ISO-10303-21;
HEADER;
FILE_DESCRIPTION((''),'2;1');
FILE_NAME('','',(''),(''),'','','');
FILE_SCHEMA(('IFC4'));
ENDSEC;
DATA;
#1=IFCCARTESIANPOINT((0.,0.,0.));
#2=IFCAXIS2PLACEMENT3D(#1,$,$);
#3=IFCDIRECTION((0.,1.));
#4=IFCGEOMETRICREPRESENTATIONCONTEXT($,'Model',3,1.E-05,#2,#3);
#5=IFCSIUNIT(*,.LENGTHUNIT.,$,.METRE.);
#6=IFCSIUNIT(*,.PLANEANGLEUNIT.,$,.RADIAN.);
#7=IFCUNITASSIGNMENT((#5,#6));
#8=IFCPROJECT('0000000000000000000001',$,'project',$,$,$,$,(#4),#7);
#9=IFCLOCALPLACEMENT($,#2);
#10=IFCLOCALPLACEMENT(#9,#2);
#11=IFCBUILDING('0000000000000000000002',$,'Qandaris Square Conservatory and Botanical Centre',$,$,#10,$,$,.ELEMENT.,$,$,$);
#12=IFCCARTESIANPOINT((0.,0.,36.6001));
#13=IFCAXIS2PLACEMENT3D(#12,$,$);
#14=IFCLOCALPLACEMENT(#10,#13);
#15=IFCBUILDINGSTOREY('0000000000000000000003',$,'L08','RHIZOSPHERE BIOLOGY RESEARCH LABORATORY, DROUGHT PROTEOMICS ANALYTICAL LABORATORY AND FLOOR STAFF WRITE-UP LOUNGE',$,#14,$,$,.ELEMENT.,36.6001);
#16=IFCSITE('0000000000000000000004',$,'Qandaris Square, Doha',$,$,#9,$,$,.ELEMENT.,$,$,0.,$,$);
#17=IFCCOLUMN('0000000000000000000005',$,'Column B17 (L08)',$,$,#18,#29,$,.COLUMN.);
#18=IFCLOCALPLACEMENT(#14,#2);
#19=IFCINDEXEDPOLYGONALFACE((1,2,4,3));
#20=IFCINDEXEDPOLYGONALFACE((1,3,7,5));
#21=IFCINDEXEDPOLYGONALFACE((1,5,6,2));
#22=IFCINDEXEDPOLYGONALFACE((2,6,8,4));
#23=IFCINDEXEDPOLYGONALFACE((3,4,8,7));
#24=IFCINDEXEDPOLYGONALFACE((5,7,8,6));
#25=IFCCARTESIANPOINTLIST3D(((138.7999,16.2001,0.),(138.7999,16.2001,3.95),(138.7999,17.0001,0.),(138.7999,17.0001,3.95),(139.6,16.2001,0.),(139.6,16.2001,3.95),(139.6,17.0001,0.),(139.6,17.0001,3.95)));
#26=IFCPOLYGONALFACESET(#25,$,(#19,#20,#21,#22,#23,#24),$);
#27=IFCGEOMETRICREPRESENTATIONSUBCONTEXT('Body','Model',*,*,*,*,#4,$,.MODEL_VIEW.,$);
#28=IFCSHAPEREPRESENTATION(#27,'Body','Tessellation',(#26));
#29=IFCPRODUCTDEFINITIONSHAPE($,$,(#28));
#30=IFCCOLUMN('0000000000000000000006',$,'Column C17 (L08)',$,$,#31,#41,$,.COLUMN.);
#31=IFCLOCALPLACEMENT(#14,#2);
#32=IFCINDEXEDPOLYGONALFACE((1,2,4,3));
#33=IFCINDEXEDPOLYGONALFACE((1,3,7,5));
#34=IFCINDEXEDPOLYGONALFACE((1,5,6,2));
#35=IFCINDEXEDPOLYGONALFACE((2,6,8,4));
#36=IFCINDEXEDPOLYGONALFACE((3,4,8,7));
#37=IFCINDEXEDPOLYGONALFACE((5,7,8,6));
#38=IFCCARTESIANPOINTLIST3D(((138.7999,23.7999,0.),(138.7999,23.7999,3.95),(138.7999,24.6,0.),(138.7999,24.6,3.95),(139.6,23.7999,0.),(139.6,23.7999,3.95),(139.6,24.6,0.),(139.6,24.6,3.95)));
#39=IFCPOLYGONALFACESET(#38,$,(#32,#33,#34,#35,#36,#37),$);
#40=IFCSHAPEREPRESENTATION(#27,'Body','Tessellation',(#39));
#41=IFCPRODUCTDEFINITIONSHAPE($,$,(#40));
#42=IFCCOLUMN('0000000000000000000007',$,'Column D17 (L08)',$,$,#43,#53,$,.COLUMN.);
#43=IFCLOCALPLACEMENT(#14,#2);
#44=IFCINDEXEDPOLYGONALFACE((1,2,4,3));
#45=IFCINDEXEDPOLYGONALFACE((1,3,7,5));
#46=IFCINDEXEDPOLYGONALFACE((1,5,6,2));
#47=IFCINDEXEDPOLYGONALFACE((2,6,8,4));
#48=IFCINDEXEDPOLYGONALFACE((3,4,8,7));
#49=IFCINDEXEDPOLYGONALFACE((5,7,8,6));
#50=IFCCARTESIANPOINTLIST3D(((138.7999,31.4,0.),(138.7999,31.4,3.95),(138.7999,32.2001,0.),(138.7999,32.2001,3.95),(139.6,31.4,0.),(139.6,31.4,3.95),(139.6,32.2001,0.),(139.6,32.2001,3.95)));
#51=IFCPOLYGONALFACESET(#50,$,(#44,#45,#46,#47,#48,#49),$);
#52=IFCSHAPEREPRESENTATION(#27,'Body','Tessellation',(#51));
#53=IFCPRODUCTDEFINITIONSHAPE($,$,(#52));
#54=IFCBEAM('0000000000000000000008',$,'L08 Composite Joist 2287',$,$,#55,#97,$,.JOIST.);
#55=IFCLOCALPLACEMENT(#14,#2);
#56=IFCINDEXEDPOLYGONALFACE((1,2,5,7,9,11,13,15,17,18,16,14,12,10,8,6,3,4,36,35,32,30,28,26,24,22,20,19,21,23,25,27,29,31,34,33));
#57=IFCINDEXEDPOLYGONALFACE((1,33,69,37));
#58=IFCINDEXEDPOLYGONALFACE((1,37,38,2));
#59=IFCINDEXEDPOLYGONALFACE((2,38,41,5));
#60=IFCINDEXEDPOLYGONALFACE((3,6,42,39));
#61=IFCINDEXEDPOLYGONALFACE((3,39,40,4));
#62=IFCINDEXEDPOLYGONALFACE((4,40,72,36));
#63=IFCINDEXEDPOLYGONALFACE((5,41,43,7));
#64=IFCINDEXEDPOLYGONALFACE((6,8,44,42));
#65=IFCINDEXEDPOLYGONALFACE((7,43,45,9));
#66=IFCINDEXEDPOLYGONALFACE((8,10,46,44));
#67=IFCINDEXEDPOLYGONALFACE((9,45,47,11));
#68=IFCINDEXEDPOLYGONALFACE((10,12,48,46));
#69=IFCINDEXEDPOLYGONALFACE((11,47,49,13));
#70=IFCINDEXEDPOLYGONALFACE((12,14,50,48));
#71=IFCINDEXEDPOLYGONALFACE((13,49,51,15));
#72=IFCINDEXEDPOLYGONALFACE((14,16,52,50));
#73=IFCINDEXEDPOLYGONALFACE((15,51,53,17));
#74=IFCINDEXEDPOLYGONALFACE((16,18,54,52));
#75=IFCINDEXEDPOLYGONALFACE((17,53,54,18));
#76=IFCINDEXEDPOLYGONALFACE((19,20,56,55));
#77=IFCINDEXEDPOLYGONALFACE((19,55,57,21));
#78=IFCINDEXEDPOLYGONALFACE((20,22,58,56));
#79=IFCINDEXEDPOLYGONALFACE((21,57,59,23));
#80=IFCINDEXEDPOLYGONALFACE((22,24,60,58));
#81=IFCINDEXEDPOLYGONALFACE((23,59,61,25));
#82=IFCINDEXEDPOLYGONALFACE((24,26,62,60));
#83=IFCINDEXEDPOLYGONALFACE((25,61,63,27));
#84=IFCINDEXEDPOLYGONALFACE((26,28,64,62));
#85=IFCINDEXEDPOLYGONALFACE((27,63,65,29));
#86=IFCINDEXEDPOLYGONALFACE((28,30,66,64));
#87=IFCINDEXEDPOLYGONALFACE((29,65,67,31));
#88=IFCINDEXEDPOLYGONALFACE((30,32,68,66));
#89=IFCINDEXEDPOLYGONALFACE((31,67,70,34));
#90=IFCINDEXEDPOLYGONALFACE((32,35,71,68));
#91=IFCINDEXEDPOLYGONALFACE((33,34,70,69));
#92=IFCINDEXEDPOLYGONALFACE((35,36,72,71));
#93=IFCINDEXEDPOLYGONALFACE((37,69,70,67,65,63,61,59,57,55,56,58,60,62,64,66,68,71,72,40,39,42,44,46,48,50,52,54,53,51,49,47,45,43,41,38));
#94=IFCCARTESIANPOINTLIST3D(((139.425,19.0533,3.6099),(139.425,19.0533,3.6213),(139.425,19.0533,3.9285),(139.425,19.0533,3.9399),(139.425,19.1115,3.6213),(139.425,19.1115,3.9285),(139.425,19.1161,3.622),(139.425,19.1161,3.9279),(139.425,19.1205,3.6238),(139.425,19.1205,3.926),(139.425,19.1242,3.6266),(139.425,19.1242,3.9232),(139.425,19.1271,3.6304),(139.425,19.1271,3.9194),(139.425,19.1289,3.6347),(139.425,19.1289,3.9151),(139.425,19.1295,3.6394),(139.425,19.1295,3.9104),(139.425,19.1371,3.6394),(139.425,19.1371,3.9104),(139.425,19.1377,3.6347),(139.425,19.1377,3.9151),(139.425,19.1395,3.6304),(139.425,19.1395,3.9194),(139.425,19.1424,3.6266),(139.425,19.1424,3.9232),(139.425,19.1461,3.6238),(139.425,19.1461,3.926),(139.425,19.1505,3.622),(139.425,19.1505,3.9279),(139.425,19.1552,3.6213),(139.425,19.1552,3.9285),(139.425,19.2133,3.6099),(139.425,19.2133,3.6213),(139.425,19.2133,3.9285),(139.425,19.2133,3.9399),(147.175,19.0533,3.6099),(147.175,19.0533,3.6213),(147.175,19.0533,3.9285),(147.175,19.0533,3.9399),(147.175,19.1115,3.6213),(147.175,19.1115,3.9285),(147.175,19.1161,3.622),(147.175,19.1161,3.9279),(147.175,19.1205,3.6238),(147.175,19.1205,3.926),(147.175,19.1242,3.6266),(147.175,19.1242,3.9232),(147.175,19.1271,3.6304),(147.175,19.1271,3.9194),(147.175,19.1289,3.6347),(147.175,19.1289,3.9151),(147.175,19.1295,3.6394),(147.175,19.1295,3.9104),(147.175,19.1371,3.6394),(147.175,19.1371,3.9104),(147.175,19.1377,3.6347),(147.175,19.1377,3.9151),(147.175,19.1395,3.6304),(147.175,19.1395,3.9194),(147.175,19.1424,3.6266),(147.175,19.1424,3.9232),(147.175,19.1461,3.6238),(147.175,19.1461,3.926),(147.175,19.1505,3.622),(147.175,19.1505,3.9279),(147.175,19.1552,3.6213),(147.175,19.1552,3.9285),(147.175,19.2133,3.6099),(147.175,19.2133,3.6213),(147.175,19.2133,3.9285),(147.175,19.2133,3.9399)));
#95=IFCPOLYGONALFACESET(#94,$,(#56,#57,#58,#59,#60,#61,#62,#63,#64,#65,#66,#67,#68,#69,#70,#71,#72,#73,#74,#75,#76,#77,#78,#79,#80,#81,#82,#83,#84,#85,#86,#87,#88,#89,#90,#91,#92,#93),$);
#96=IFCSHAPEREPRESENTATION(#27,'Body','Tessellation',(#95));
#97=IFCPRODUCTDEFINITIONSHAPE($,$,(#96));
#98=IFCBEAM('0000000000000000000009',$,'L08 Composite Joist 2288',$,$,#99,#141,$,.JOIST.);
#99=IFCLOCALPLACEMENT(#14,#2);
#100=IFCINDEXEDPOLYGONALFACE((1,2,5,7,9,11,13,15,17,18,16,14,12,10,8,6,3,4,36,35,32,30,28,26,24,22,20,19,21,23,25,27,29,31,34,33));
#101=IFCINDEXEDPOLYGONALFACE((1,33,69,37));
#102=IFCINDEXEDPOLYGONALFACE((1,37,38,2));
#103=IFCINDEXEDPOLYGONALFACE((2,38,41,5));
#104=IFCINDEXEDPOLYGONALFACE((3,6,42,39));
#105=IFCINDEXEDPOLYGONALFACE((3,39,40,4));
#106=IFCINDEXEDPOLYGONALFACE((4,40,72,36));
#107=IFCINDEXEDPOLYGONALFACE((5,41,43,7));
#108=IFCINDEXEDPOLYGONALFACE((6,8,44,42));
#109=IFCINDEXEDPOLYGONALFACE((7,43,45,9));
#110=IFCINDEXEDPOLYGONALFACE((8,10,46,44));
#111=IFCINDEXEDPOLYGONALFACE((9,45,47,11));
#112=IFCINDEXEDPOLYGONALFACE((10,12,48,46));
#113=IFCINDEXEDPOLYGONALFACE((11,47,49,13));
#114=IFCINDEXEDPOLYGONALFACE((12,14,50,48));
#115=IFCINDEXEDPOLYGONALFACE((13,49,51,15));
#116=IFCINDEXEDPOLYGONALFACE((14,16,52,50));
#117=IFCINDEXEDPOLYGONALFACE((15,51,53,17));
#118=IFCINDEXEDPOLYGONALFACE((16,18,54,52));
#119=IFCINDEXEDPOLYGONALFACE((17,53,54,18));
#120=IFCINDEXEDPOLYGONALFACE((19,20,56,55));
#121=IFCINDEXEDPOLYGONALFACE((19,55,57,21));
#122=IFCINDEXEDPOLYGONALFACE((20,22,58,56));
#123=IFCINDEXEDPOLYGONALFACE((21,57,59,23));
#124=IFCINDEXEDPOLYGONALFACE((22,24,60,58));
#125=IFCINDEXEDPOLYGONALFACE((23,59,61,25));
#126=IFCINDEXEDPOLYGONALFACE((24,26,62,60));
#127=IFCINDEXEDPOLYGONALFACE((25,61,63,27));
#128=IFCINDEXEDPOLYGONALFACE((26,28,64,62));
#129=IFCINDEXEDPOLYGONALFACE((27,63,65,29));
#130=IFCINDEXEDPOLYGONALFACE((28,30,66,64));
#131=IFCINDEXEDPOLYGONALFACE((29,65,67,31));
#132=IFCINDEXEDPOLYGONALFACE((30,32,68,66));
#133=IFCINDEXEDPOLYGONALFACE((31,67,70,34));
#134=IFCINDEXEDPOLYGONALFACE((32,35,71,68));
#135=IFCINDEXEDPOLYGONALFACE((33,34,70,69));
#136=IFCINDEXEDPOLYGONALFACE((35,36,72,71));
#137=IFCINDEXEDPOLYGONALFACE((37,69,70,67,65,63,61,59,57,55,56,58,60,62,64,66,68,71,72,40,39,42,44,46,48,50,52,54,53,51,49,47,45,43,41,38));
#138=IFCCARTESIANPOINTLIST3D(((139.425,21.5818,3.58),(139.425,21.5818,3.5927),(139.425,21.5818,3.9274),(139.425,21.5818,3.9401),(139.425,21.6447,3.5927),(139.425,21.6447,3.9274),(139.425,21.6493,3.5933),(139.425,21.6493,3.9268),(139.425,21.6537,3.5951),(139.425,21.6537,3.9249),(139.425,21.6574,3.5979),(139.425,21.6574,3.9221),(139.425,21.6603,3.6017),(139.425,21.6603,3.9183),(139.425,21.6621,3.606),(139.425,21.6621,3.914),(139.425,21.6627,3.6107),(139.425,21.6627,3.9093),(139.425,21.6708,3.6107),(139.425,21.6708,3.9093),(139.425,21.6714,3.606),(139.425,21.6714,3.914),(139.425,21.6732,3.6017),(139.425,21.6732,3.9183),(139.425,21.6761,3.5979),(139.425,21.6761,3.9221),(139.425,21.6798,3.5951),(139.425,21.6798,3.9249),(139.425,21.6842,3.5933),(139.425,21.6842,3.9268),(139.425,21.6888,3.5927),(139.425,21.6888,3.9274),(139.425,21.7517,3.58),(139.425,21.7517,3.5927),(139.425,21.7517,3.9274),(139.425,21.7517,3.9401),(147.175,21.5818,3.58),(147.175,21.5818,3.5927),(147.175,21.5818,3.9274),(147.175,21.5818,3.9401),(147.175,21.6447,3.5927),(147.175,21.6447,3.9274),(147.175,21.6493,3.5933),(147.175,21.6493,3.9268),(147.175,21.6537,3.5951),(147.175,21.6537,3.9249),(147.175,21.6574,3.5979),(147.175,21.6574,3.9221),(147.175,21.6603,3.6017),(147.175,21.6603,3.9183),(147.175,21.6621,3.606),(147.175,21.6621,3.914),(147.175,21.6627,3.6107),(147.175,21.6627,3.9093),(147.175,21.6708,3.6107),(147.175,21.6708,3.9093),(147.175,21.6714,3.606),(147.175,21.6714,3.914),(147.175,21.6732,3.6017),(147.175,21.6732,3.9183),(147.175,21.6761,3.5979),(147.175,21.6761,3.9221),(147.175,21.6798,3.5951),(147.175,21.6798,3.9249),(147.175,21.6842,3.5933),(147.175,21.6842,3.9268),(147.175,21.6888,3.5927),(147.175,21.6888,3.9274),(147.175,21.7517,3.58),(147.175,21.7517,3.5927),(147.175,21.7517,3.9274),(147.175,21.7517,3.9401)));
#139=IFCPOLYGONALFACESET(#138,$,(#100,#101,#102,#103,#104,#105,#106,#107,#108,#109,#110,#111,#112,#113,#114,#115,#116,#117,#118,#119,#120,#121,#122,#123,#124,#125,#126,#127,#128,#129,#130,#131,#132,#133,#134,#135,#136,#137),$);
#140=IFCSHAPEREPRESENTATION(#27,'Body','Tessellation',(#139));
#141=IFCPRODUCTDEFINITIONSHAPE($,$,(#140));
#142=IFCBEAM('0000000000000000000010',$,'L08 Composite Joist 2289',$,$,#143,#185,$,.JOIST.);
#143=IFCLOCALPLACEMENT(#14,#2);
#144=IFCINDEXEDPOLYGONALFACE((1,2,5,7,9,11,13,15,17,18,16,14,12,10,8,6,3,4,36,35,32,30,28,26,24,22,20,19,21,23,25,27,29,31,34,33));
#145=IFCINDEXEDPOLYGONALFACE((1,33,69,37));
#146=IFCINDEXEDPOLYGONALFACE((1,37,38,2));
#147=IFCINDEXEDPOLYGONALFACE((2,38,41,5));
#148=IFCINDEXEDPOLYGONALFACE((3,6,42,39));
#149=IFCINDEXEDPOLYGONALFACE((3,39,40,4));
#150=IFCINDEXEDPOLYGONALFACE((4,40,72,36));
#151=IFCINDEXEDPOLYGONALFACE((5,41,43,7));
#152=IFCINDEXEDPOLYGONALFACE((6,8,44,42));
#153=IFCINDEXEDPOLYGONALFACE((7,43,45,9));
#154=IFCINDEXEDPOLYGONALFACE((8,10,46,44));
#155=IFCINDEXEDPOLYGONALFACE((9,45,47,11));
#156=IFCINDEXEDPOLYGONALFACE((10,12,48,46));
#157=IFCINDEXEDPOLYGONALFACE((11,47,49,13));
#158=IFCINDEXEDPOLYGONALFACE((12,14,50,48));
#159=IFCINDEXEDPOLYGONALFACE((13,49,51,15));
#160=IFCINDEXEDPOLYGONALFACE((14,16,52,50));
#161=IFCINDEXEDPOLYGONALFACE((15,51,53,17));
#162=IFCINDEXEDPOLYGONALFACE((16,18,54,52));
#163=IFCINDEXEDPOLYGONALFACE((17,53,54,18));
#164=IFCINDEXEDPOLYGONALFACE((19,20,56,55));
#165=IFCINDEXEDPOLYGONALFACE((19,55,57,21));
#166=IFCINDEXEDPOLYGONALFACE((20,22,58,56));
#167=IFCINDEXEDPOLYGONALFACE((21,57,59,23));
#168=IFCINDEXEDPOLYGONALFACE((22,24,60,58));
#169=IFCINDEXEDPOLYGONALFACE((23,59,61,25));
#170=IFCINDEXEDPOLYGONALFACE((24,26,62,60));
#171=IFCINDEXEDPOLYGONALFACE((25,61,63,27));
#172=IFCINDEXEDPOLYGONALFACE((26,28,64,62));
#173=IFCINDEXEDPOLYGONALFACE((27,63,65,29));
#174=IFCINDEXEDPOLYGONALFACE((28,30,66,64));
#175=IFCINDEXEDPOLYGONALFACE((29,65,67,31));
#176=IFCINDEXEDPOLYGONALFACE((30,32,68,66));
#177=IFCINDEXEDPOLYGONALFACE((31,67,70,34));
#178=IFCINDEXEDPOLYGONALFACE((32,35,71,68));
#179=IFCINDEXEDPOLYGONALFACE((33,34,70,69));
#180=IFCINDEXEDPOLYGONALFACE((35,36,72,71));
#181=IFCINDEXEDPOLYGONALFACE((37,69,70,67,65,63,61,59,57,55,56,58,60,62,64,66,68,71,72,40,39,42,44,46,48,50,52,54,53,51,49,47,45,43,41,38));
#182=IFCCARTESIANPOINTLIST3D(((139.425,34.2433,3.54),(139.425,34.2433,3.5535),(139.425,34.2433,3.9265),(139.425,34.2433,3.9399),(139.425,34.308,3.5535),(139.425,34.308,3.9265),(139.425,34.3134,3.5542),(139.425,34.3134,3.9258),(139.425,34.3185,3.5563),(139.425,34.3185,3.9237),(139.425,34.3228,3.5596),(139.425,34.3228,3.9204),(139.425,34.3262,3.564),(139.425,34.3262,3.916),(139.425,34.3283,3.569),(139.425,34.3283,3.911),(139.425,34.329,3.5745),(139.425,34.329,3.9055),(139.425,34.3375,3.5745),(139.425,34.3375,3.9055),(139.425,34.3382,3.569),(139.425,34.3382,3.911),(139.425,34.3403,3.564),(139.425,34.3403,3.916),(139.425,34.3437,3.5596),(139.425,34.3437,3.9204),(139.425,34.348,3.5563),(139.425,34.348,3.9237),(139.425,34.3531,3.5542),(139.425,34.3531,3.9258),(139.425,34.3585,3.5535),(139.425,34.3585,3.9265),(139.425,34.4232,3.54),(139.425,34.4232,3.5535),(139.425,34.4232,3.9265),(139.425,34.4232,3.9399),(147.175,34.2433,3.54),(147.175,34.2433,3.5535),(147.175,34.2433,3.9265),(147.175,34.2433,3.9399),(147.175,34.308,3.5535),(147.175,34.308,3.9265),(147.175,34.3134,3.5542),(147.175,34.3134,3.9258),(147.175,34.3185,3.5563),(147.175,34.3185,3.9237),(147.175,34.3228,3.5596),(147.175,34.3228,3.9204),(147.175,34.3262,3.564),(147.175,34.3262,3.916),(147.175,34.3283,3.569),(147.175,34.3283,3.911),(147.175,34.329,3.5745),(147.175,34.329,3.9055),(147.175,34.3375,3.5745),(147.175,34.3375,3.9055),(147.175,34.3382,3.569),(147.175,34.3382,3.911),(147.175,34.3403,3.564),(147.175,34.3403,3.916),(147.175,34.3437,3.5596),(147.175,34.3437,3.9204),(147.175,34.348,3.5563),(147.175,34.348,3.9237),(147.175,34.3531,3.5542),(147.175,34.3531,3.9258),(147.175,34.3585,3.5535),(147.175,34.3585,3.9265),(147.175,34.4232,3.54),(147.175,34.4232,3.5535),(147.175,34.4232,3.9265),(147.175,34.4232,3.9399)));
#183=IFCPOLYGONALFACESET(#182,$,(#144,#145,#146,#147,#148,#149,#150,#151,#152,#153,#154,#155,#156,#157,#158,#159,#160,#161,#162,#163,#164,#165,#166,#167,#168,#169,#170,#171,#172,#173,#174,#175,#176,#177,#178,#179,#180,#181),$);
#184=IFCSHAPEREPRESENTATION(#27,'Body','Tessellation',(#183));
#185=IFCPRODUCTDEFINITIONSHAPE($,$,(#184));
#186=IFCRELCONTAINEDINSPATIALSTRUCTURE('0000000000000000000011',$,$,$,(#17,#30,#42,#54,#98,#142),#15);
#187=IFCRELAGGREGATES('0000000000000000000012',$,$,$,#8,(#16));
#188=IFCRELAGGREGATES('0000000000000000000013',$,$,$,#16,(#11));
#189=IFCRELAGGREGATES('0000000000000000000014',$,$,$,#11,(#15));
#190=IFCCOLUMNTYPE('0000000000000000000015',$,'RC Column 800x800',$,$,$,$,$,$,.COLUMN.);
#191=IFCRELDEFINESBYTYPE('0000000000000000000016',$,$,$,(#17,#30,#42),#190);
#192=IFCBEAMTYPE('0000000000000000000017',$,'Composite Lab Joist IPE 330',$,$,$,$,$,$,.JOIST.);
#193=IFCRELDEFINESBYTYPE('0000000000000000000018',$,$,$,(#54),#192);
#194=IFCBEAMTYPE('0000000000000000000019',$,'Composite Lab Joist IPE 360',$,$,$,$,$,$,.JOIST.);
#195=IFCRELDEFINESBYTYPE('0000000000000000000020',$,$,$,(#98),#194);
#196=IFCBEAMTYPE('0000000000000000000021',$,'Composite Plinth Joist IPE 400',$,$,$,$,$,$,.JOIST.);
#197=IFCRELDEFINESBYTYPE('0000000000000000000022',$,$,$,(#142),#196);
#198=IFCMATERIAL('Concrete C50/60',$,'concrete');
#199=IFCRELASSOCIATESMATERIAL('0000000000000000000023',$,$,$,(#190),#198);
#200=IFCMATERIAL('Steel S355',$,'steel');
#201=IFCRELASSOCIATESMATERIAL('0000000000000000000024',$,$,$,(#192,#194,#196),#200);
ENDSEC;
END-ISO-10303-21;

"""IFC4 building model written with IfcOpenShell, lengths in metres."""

from ifc_helpers import new_model, si_unit, direction, frame, origin, origin_2d, place, context, subcontext, project, spatial, rectangle, i_section, extrude, material, material_profile, profile_set, type_object, element, save


model = new_model("IFC4")

# Units and contexts
model_context = context("Model", 3, precision=1e-05, world=origin(), true_north=direction((0.0, 1.0)))
body_context = subcontext(model_context, "Body", "Model", "MODEL_VIEW")
ifc_project = project(units=[si_unit("LENGTHUNIT", "METRE"), si_unit("PLANEANGLEUNIT", "RADIAN")], contexts=[model_context])

# Site, building, storey
site_placement = place(None, origin())
site = spatial("IfcSite", under=ifc_project, at=site_placement, Name="Qandaris Square, Doha", CompositionType="ELEMENT", RefElevation=0.0)
building_placement = place(site_placement, origin())
building = spatial("IfcBuilding", under=site, at=building_placement, Name="Qandaris Square Conservatory and Botanical Centre", CompositionType="ELEMENT")
storey_placement = place(building_placement, frame((0.0, 0.0, 36.6001)))
storey = spatial("IfcBuildingStorey", under=building, at=storey_placement, Name="L08", Description="RHIZOSPHERE BIOLOGY RESEARCH LABORATORY, DROUGHT PROTEOMICS ANALYTICAL LABORATORY AND FLOOR STAFF WRITE-UP LOUNGE", CompositionType="ELEMENT", Elevation=36.6001)

# Columns
ifc_material_1 = material(Name="Concrete C50/60", Category="concrete")
ifc_material_profile_1 = material_profile(ifc_material_1, rectangle(XDim=0.8, YDim=0.8, at=origin_2d()), Name="RC-COL 800x800")
ifc_profile_set_1 = profile_set([ifc_material_profile_1], Name="Concrete C50/60")
column_type = type_object("IfcColumnType", Name="RC Column 800x800", PredefinedType="COLUMN", material=ifc_profile_set_1)
for number, where, z_axis, x_axis, name in (
    (1, (139.2, 16.6001, 0.0), (0.0, 0.0, 1.0), (1.0, 0.0, 0.0), "Column B17 (L08)"),
    (2, (139.2, 24.2, 0.0), (0.0, 0.0, 1.0), (1.0, 0.0, 0.0), "Column C17 (L08)"),
    (3, (139.2, 31.8, 0.0), (0.0, 0.0, 1.0), (1.0, 0.0, 0.0), "Column D17 (L08)"),
):
    element("IfcColumn", number, at=place(storey_placement, frame(where, z_axis=z_axis, x_axis=x_axis)), inside=storey, type_object=column_type, Name=name, PredefinedType="COLUMN", context=body_context, shape_type="SweptSolid", body=[
        extrude(rectangle(XDim=0.8, YDim=0.8, at=origin_2d()), origin(), (0.0, 0.0, 1.0), 3.95),
    ])

# Beams
ifc_material_2 = material(Name="Steel S355", Category="steel")
ifc_material_profile_2 = material_profile(ifc_material_2, i_section(OverallWidth=0.1599, OverallDepth=0.3301, WebThickness=0.0076, FlangeThickness=0.0115, FilletRadius=0.0181, at=origin_2d()), Name="IPE 330")
ifc_profile_set_2 = profile_set([ifc_material_profile_2], Name="Steel S355")
beam_type_1 = type_object("IfcBeamType", Name="Composite Lab Joist IPE 330", PredefinedType="JOIST", material=ifc_profile_set_2)
beam_1_placement = place(storey_placement, frame((139.425, 19.1333, 3.7749), z_axis=(1.0, 0.0, 0.0), x_axis=(0.0, 1.0, 0.0)))
element("IfcBeam", 4, at=beam_1_placement, inside=storey, type_object=beam_type_1, Name="L08 Composite Joist 2287", PredefinedType="JOIST", context=body_context, shape_type="SweptSolid", body=[
    extrude(i_section(OverallWidth=0.1599, OverallDepth=0.3301, WebThickness=0.0076, FlangeThickness=0.0115, FilletRadius=0.0181, at=origin_2d()), origin(), (0.0, 0.0, 1.0), 7.75),
])
ifc_material_profile_3 = material_profile(ifc_material_2, i_section(OverallWidth=0.1699, OverallDepth=0.3601, WebThickness=0.0081, FlangeThickness=0.0127, FilletRadius=0.0181, at=origin_2d()), Name="IPE 360")
ifc_profile_set_3 = profile_set([ifc_material_profile_3], Name="Steel S355")
beam_type_2 = type_object("IfcBeamType", Name="Composite Lab Joist IPE 360", PredefinedType="JOIST", material=ifc_profile_set_3)
beam_2_placement = place(storey_placement, frame((139.425, 21.6667, 3.76), z_axis=(1.0, 0.0, 0.0), x_axis=(0.0, 1.0, 0.0)))
element("IfcBeam", 5, at=beam_2_placement, inside=storey, type_object=beam_type_2, Name="L08 Composite Joist 2288", PredefinedType="JOIST", context=body_context, shape_type="SweptSolid", body=[
    extrude(i_section(OverallWidth=0.1699, OverallDepth=0.3601, WebThickness=0.0081, FlangeThickness=0.0127, FilletRadius=0.0181, at=origin_2d()), origin(), (0.0, 0.0, 1.0), 7.75),
])
ifc_material_profile_4 = material_profile(ifc_material_2, i_section(OverallWidth=0.1799, OverallDepth=0.3999, WebThickness=0.0085, FlangeThickness=0.0134, FilletRadius=0.021, at=origin_2d()), Name="IPE 400")
ifc_profile_set_4 = profile_set([ifc_material_profile_4], Name="Steel S355")
beam_type_3 = type_object("IfcBeamType", Name="Composite Plinth Joist IPE 400", PredefinedType="JOIST", material=ifc_profile_set_4)
beam_3_placement = place(storey_placement, frame((139.425, 34.3333, 3.74), z_axis=(1.0, 0.0, 0.0), x_axis=(0.0, 1.0, 0.0)))
element("IfcBeam", 6, at=beam_3_placement, inside=storey, type_object=beam_type_3, Name="L08 Composite Joist 2289", PredefinedType="JOIST", context=body_context, shape_type="SweptSolid", body=[
    extrude(i_section(OverallWidth=0.1799, OverallDepth=0.3999, WebThickness=0.0085, FlangeThickness=0.0134, FilletRadius=0.021, at=origin_2d()), origin(), (0.0, 0.0, 1.0), 7.75),
])

save(model, "model.ifc")
